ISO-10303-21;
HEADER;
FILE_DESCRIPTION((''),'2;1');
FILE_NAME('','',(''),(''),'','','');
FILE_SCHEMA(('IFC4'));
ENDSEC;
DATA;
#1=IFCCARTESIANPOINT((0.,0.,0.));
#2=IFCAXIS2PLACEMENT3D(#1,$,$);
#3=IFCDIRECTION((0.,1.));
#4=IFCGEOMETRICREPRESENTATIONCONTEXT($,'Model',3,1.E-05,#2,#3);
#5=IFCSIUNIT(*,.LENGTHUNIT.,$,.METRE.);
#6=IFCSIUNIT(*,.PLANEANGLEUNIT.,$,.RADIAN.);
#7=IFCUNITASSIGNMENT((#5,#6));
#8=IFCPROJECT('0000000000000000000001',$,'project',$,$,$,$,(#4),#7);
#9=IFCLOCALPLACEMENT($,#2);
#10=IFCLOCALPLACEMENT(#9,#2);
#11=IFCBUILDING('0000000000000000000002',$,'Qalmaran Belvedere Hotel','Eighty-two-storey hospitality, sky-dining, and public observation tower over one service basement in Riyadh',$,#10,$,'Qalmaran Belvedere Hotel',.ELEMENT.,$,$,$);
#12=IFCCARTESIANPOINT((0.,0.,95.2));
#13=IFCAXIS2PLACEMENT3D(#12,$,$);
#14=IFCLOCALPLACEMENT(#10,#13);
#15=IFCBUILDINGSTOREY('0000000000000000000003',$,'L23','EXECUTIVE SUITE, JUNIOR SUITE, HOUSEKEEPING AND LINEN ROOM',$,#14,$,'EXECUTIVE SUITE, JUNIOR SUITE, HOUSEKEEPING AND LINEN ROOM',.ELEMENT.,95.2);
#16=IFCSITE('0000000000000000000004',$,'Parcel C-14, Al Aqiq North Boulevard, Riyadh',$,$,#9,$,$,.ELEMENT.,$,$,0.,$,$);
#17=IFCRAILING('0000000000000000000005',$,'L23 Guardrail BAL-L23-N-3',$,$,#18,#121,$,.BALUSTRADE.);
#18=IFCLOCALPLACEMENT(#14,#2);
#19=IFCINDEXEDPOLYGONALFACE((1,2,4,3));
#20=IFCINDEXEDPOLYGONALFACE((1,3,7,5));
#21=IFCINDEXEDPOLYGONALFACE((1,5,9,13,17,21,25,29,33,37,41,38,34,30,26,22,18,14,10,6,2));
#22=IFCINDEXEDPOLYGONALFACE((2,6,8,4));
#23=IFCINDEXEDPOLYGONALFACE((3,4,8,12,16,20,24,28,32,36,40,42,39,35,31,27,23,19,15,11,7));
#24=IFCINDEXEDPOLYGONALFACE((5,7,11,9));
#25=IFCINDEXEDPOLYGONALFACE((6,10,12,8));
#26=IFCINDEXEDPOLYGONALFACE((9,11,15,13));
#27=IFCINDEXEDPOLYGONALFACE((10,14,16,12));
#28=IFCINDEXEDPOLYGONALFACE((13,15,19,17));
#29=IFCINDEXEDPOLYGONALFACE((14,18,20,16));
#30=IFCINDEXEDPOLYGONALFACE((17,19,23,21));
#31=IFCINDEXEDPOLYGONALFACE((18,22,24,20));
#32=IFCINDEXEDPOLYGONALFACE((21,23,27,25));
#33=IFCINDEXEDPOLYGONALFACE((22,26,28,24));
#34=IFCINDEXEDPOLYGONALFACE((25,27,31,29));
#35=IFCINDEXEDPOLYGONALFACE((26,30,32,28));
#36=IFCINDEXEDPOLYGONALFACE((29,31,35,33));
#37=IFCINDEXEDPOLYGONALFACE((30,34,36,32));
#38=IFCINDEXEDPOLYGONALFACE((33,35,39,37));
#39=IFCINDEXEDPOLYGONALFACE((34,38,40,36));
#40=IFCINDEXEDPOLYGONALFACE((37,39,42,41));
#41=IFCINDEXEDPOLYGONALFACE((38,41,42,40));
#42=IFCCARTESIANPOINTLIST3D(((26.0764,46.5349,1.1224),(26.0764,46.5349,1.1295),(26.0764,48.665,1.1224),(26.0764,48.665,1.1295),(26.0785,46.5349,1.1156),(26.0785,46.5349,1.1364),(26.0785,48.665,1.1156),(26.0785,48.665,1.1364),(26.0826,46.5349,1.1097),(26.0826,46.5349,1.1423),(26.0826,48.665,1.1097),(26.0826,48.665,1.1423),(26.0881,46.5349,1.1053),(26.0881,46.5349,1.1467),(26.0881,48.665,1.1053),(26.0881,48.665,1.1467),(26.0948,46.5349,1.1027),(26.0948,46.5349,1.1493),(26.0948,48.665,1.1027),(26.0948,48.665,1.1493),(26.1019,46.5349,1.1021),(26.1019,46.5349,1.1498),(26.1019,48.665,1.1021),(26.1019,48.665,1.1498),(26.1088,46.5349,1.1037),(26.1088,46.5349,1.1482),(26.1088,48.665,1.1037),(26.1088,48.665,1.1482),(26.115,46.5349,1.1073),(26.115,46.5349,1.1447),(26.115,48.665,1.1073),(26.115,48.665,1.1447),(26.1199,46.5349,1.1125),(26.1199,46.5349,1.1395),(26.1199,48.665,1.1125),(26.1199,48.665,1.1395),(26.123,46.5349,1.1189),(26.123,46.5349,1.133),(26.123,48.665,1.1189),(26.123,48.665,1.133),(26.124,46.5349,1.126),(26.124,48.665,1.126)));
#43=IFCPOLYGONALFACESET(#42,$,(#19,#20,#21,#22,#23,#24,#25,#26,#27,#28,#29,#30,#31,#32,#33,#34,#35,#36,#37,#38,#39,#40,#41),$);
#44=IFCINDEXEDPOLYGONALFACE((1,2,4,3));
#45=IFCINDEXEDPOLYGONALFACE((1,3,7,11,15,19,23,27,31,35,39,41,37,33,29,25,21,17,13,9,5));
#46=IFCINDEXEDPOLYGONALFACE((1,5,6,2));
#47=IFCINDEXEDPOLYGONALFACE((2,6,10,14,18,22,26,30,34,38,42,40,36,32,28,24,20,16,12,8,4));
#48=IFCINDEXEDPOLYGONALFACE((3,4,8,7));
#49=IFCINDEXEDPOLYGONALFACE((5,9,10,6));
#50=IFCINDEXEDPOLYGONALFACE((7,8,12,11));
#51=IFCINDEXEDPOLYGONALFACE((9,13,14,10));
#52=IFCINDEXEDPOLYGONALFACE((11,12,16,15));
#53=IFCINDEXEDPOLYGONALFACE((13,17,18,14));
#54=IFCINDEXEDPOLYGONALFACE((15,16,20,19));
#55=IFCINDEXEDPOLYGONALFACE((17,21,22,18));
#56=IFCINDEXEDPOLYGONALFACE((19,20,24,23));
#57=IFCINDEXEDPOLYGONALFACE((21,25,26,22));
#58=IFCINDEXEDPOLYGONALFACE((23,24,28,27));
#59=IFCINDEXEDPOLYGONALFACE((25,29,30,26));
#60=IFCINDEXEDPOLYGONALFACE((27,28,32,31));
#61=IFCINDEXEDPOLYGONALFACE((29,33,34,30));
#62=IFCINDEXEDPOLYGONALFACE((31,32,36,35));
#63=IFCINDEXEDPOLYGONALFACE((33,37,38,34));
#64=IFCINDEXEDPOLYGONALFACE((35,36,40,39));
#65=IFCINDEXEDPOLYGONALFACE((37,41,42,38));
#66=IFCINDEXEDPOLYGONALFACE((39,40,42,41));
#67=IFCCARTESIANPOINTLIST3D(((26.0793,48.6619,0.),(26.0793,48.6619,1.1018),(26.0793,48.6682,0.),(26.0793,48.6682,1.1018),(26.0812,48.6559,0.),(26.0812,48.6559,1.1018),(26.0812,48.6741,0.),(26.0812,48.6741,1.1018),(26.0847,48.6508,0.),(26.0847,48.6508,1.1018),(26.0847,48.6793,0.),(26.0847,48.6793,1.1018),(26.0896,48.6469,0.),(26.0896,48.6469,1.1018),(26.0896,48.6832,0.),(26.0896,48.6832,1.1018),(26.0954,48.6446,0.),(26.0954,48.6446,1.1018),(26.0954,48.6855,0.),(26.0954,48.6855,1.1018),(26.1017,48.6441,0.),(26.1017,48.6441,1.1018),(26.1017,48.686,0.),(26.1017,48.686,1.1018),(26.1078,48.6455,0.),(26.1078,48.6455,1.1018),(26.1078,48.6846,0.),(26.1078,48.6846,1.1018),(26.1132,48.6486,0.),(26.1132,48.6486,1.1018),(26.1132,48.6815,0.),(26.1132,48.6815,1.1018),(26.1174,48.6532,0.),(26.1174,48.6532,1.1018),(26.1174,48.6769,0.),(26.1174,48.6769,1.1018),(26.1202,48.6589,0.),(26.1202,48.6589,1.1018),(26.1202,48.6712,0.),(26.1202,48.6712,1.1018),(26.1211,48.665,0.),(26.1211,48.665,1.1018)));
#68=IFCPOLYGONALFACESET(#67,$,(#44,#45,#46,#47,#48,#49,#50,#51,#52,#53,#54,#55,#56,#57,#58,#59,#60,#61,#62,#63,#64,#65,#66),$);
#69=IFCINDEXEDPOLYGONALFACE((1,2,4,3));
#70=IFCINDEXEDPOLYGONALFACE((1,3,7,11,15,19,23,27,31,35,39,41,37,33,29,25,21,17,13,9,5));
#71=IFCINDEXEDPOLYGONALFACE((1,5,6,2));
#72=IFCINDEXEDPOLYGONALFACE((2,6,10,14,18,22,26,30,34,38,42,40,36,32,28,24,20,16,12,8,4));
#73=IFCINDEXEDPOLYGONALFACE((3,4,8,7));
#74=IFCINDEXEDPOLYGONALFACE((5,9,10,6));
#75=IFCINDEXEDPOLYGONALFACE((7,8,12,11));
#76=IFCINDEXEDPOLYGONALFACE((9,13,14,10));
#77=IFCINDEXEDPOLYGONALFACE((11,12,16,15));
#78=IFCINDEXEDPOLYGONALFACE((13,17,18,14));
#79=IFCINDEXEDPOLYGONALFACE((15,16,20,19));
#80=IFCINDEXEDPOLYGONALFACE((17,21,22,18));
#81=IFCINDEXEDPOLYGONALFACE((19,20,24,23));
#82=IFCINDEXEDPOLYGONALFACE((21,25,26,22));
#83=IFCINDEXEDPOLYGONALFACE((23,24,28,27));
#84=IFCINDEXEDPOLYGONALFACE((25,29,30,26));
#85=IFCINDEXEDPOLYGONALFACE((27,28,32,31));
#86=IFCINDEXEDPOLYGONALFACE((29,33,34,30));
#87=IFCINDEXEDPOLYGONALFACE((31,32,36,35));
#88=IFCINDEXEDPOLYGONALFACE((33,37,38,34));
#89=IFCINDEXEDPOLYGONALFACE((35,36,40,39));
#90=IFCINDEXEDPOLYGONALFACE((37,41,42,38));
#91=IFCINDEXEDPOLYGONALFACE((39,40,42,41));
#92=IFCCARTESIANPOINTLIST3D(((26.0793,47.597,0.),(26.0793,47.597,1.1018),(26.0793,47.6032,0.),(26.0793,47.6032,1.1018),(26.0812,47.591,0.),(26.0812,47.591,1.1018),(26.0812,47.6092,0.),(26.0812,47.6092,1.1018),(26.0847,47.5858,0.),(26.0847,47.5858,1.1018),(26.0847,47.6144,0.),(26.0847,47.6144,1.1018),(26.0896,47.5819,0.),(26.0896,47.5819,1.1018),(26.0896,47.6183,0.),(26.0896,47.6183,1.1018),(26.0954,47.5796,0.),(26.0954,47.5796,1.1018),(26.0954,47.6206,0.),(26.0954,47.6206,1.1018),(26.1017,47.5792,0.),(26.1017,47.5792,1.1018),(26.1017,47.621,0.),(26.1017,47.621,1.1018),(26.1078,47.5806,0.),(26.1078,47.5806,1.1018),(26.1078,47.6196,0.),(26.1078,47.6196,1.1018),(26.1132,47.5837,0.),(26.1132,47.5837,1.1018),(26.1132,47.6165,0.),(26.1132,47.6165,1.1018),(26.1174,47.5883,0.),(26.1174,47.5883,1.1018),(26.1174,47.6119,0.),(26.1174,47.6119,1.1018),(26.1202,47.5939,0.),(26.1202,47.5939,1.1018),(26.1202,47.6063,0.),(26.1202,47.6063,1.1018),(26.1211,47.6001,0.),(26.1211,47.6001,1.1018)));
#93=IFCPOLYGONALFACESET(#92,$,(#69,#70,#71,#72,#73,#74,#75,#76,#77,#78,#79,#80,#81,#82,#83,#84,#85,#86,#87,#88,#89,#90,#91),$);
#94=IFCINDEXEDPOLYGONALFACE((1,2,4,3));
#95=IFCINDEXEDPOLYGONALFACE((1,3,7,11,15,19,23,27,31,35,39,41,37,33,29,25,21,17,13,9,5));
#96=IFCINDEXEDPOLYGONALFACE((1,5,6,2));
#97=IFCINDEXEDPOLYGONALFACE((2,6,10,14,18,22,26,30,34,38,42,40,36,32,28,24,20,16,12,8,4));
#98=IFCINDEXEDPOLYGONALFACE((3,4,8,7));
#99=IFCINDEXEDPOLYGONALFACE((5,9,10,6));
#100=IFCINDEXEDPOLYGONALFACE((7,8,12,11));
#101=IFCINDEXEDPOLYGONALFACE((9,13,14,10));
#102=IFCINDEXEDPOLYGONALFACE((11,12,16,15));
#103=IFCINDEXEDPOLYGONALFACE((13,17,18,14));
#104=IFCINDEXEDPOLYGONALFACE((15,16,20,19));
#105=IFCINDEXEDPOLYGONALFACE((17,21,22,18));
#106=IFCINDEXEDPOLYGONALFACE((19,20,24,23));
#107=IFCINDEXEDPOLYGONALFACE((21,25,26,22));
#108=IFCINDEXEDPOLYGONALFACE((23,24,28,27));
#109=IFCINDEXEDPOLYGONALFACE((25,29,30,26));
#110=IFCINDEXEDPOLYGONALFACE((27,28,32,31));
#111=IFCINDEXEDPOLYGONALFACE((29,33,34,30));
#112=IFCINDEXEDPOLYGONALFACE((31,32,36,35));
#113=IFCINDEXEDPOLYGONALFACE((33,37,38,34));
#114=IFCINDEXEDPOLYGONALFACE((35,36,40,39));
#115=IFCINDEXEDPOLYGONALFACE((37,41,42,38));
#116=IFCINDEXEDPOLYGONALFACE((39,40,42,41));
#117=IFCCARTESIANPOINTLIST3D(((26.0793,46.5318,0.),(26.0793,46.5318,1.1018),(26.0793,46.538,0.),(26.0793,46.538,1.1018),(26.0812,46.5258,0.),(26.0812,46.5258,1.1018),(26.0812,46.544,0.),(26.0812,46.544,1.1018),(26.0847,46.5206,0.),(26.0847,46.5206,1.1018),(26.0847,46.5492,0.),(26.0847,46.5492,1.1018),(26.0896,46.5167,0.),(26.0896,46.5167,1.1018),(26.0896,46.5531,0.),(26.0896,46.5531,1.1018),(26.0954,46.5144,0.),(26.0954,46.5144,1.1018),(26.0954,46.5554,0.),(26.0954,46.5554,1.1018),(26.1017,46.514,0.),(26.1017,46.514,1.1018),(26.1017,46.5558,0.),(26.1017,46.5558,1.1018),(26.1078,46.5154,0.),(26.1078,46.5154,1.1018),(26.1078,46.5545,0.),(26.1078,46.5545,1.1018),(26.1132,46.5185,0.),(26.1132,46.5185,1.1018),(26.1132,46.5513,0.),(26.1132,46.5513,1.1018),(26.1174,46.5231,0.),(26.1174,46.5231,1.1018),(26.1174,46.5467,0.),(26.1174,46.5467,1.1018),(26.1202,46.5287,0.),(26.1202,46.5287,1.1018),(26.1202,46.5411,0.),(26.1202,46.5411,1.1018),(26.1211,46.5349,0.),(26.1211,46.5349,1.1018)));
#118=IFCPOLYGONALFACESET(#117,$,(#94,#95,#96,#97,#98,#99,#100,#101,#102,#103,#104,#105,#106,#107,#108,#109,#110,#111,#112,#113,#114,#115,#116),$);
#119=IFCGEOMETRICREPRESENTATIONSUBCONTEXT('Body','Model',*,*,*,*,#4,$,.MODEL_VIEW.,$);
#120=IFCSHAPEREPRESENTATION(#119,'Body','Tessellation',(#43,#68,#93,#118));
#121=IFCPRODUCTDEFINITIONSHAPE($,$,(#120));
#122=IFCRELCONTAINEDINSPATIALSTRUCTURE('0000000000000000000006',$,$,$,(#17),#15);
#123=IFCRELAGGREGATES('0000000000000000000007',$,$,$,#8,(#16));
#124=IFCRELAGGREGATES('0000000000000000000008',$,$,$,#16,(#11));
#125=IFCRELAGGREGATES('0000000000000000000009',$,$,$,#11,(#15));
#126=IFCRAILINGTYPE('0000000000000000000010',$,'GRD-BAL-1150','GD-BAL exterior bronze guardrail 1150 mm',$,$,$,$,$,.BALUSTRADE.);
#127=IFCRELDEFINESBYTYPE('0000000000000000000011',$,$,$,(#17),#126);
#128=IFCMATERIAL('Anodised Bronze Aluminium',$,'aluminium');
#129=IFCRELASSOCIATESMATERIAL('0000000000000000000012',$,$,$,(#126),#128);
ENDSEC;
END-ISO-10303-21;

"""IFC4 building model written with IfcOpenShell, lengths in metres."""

from ifc_helpers import new_model, si_unit, direction, frame, origin, origin_2d, place, context, subcontext, project, spatial, circle, extrude, material, type_object, element, save


model = new_model("IFC4")

# Units and contexts
model_context = context("Model", 3, precision=1e-05, world=origin(), true_north=direction((0.0, 1.0)))
body_context = subcontext(model_context, "Body", "Model", "MODEL_VIEW")
ifc_project = project(units=[si_unit("LENGTHUNIT", "METRE"), si_unit("PLANEANGLEUNIT", "RADIAN")], contexts=[model_context])

# Site, building, storey
site_placement = place(None, origin())
site = spatial("IfcSite", under=ifc_project, at=site_placement, Name="Parcel C-14, Al Aqiq North Boulevard, Riyadh", CompositionType="ELEMENT", RefElevation=0.0)
building_placement = place(site_placement, origin())
building = spatial("IfcBuilding", under=site, at=building_placement, Name="Qalmaran Belvedere Hotel", Description="Eighty-two-storey hospitality, sky-dining, and public observation tower over one service basement in Riyadh", LongName="Qalmaran Belvedere Hotel", CompositionType="ELEMENT")
storey_placement = place(building_placement, frame((0.0, 0.0, 95.2)))
storey = spatial("IfcBuildingStorey", under=building, at=storey_placement, Name="L23", Description="EXECUTIVE SUITE, JUNIOR SUITE, HOUSEKEEPING AND LINEN ROOM", LongName="EXECUTIVE SUITE, JUNIOR SUITE, HOUSEKEEPING AND LINEN ROOM", CompositionType="ELEMENT", Elevation=95.2)

# Shared definitions
ifc_material_1 = material(Name="Anodised Bronze Aluminium", Category="aluminium")

# Railing
railing_type = type_object("IfcRailingType", Name="GRD-BAL-1150", Description="GD-BAL exterior bronze guardrail 1150 mm", PredefinedType="BALUSTRADE", material=ifc_material_1)
railing_1_placement = place(storey_placement, frame((26.1001, 48.665, 0.0)))
element("IfcRailing", 1, at=railing_1_placement, inside=storey, type_object=railing_type, Name="L23 Guardrail BAL-L23-N-3", PredefinedType="BALUSTRADE", context=body_context, shape_type="SweptSolid", body=[
    extrude(circle(Radius=0.0239, at=origin_2d()), frame((0.0, 0.0, 1.126), z_axis=(0.0, -1.0, 0.0), x_axis=(1.0, 0.0, 0.0)), (0.0, 0.0, 1.0), 2.1301),
    extrude(circle(Radius=0.021, at=origin_2d()), origin(), (0.0, 0.0, 1.0), 1.1018),
    extrude(circle(Radius=0.021, at=origin_2d()), frame((0.0, -1.0649, 0.0)), (0.0, 0.0, 1.0), 1.1018),
    extrude(circle(Radius=0.021, at=origin_2d()), frame((0.0, -2.1301, 0.0)), (0.0, 0.0, 1.0), 1.1018),
])

save(model, "model.ifc")
